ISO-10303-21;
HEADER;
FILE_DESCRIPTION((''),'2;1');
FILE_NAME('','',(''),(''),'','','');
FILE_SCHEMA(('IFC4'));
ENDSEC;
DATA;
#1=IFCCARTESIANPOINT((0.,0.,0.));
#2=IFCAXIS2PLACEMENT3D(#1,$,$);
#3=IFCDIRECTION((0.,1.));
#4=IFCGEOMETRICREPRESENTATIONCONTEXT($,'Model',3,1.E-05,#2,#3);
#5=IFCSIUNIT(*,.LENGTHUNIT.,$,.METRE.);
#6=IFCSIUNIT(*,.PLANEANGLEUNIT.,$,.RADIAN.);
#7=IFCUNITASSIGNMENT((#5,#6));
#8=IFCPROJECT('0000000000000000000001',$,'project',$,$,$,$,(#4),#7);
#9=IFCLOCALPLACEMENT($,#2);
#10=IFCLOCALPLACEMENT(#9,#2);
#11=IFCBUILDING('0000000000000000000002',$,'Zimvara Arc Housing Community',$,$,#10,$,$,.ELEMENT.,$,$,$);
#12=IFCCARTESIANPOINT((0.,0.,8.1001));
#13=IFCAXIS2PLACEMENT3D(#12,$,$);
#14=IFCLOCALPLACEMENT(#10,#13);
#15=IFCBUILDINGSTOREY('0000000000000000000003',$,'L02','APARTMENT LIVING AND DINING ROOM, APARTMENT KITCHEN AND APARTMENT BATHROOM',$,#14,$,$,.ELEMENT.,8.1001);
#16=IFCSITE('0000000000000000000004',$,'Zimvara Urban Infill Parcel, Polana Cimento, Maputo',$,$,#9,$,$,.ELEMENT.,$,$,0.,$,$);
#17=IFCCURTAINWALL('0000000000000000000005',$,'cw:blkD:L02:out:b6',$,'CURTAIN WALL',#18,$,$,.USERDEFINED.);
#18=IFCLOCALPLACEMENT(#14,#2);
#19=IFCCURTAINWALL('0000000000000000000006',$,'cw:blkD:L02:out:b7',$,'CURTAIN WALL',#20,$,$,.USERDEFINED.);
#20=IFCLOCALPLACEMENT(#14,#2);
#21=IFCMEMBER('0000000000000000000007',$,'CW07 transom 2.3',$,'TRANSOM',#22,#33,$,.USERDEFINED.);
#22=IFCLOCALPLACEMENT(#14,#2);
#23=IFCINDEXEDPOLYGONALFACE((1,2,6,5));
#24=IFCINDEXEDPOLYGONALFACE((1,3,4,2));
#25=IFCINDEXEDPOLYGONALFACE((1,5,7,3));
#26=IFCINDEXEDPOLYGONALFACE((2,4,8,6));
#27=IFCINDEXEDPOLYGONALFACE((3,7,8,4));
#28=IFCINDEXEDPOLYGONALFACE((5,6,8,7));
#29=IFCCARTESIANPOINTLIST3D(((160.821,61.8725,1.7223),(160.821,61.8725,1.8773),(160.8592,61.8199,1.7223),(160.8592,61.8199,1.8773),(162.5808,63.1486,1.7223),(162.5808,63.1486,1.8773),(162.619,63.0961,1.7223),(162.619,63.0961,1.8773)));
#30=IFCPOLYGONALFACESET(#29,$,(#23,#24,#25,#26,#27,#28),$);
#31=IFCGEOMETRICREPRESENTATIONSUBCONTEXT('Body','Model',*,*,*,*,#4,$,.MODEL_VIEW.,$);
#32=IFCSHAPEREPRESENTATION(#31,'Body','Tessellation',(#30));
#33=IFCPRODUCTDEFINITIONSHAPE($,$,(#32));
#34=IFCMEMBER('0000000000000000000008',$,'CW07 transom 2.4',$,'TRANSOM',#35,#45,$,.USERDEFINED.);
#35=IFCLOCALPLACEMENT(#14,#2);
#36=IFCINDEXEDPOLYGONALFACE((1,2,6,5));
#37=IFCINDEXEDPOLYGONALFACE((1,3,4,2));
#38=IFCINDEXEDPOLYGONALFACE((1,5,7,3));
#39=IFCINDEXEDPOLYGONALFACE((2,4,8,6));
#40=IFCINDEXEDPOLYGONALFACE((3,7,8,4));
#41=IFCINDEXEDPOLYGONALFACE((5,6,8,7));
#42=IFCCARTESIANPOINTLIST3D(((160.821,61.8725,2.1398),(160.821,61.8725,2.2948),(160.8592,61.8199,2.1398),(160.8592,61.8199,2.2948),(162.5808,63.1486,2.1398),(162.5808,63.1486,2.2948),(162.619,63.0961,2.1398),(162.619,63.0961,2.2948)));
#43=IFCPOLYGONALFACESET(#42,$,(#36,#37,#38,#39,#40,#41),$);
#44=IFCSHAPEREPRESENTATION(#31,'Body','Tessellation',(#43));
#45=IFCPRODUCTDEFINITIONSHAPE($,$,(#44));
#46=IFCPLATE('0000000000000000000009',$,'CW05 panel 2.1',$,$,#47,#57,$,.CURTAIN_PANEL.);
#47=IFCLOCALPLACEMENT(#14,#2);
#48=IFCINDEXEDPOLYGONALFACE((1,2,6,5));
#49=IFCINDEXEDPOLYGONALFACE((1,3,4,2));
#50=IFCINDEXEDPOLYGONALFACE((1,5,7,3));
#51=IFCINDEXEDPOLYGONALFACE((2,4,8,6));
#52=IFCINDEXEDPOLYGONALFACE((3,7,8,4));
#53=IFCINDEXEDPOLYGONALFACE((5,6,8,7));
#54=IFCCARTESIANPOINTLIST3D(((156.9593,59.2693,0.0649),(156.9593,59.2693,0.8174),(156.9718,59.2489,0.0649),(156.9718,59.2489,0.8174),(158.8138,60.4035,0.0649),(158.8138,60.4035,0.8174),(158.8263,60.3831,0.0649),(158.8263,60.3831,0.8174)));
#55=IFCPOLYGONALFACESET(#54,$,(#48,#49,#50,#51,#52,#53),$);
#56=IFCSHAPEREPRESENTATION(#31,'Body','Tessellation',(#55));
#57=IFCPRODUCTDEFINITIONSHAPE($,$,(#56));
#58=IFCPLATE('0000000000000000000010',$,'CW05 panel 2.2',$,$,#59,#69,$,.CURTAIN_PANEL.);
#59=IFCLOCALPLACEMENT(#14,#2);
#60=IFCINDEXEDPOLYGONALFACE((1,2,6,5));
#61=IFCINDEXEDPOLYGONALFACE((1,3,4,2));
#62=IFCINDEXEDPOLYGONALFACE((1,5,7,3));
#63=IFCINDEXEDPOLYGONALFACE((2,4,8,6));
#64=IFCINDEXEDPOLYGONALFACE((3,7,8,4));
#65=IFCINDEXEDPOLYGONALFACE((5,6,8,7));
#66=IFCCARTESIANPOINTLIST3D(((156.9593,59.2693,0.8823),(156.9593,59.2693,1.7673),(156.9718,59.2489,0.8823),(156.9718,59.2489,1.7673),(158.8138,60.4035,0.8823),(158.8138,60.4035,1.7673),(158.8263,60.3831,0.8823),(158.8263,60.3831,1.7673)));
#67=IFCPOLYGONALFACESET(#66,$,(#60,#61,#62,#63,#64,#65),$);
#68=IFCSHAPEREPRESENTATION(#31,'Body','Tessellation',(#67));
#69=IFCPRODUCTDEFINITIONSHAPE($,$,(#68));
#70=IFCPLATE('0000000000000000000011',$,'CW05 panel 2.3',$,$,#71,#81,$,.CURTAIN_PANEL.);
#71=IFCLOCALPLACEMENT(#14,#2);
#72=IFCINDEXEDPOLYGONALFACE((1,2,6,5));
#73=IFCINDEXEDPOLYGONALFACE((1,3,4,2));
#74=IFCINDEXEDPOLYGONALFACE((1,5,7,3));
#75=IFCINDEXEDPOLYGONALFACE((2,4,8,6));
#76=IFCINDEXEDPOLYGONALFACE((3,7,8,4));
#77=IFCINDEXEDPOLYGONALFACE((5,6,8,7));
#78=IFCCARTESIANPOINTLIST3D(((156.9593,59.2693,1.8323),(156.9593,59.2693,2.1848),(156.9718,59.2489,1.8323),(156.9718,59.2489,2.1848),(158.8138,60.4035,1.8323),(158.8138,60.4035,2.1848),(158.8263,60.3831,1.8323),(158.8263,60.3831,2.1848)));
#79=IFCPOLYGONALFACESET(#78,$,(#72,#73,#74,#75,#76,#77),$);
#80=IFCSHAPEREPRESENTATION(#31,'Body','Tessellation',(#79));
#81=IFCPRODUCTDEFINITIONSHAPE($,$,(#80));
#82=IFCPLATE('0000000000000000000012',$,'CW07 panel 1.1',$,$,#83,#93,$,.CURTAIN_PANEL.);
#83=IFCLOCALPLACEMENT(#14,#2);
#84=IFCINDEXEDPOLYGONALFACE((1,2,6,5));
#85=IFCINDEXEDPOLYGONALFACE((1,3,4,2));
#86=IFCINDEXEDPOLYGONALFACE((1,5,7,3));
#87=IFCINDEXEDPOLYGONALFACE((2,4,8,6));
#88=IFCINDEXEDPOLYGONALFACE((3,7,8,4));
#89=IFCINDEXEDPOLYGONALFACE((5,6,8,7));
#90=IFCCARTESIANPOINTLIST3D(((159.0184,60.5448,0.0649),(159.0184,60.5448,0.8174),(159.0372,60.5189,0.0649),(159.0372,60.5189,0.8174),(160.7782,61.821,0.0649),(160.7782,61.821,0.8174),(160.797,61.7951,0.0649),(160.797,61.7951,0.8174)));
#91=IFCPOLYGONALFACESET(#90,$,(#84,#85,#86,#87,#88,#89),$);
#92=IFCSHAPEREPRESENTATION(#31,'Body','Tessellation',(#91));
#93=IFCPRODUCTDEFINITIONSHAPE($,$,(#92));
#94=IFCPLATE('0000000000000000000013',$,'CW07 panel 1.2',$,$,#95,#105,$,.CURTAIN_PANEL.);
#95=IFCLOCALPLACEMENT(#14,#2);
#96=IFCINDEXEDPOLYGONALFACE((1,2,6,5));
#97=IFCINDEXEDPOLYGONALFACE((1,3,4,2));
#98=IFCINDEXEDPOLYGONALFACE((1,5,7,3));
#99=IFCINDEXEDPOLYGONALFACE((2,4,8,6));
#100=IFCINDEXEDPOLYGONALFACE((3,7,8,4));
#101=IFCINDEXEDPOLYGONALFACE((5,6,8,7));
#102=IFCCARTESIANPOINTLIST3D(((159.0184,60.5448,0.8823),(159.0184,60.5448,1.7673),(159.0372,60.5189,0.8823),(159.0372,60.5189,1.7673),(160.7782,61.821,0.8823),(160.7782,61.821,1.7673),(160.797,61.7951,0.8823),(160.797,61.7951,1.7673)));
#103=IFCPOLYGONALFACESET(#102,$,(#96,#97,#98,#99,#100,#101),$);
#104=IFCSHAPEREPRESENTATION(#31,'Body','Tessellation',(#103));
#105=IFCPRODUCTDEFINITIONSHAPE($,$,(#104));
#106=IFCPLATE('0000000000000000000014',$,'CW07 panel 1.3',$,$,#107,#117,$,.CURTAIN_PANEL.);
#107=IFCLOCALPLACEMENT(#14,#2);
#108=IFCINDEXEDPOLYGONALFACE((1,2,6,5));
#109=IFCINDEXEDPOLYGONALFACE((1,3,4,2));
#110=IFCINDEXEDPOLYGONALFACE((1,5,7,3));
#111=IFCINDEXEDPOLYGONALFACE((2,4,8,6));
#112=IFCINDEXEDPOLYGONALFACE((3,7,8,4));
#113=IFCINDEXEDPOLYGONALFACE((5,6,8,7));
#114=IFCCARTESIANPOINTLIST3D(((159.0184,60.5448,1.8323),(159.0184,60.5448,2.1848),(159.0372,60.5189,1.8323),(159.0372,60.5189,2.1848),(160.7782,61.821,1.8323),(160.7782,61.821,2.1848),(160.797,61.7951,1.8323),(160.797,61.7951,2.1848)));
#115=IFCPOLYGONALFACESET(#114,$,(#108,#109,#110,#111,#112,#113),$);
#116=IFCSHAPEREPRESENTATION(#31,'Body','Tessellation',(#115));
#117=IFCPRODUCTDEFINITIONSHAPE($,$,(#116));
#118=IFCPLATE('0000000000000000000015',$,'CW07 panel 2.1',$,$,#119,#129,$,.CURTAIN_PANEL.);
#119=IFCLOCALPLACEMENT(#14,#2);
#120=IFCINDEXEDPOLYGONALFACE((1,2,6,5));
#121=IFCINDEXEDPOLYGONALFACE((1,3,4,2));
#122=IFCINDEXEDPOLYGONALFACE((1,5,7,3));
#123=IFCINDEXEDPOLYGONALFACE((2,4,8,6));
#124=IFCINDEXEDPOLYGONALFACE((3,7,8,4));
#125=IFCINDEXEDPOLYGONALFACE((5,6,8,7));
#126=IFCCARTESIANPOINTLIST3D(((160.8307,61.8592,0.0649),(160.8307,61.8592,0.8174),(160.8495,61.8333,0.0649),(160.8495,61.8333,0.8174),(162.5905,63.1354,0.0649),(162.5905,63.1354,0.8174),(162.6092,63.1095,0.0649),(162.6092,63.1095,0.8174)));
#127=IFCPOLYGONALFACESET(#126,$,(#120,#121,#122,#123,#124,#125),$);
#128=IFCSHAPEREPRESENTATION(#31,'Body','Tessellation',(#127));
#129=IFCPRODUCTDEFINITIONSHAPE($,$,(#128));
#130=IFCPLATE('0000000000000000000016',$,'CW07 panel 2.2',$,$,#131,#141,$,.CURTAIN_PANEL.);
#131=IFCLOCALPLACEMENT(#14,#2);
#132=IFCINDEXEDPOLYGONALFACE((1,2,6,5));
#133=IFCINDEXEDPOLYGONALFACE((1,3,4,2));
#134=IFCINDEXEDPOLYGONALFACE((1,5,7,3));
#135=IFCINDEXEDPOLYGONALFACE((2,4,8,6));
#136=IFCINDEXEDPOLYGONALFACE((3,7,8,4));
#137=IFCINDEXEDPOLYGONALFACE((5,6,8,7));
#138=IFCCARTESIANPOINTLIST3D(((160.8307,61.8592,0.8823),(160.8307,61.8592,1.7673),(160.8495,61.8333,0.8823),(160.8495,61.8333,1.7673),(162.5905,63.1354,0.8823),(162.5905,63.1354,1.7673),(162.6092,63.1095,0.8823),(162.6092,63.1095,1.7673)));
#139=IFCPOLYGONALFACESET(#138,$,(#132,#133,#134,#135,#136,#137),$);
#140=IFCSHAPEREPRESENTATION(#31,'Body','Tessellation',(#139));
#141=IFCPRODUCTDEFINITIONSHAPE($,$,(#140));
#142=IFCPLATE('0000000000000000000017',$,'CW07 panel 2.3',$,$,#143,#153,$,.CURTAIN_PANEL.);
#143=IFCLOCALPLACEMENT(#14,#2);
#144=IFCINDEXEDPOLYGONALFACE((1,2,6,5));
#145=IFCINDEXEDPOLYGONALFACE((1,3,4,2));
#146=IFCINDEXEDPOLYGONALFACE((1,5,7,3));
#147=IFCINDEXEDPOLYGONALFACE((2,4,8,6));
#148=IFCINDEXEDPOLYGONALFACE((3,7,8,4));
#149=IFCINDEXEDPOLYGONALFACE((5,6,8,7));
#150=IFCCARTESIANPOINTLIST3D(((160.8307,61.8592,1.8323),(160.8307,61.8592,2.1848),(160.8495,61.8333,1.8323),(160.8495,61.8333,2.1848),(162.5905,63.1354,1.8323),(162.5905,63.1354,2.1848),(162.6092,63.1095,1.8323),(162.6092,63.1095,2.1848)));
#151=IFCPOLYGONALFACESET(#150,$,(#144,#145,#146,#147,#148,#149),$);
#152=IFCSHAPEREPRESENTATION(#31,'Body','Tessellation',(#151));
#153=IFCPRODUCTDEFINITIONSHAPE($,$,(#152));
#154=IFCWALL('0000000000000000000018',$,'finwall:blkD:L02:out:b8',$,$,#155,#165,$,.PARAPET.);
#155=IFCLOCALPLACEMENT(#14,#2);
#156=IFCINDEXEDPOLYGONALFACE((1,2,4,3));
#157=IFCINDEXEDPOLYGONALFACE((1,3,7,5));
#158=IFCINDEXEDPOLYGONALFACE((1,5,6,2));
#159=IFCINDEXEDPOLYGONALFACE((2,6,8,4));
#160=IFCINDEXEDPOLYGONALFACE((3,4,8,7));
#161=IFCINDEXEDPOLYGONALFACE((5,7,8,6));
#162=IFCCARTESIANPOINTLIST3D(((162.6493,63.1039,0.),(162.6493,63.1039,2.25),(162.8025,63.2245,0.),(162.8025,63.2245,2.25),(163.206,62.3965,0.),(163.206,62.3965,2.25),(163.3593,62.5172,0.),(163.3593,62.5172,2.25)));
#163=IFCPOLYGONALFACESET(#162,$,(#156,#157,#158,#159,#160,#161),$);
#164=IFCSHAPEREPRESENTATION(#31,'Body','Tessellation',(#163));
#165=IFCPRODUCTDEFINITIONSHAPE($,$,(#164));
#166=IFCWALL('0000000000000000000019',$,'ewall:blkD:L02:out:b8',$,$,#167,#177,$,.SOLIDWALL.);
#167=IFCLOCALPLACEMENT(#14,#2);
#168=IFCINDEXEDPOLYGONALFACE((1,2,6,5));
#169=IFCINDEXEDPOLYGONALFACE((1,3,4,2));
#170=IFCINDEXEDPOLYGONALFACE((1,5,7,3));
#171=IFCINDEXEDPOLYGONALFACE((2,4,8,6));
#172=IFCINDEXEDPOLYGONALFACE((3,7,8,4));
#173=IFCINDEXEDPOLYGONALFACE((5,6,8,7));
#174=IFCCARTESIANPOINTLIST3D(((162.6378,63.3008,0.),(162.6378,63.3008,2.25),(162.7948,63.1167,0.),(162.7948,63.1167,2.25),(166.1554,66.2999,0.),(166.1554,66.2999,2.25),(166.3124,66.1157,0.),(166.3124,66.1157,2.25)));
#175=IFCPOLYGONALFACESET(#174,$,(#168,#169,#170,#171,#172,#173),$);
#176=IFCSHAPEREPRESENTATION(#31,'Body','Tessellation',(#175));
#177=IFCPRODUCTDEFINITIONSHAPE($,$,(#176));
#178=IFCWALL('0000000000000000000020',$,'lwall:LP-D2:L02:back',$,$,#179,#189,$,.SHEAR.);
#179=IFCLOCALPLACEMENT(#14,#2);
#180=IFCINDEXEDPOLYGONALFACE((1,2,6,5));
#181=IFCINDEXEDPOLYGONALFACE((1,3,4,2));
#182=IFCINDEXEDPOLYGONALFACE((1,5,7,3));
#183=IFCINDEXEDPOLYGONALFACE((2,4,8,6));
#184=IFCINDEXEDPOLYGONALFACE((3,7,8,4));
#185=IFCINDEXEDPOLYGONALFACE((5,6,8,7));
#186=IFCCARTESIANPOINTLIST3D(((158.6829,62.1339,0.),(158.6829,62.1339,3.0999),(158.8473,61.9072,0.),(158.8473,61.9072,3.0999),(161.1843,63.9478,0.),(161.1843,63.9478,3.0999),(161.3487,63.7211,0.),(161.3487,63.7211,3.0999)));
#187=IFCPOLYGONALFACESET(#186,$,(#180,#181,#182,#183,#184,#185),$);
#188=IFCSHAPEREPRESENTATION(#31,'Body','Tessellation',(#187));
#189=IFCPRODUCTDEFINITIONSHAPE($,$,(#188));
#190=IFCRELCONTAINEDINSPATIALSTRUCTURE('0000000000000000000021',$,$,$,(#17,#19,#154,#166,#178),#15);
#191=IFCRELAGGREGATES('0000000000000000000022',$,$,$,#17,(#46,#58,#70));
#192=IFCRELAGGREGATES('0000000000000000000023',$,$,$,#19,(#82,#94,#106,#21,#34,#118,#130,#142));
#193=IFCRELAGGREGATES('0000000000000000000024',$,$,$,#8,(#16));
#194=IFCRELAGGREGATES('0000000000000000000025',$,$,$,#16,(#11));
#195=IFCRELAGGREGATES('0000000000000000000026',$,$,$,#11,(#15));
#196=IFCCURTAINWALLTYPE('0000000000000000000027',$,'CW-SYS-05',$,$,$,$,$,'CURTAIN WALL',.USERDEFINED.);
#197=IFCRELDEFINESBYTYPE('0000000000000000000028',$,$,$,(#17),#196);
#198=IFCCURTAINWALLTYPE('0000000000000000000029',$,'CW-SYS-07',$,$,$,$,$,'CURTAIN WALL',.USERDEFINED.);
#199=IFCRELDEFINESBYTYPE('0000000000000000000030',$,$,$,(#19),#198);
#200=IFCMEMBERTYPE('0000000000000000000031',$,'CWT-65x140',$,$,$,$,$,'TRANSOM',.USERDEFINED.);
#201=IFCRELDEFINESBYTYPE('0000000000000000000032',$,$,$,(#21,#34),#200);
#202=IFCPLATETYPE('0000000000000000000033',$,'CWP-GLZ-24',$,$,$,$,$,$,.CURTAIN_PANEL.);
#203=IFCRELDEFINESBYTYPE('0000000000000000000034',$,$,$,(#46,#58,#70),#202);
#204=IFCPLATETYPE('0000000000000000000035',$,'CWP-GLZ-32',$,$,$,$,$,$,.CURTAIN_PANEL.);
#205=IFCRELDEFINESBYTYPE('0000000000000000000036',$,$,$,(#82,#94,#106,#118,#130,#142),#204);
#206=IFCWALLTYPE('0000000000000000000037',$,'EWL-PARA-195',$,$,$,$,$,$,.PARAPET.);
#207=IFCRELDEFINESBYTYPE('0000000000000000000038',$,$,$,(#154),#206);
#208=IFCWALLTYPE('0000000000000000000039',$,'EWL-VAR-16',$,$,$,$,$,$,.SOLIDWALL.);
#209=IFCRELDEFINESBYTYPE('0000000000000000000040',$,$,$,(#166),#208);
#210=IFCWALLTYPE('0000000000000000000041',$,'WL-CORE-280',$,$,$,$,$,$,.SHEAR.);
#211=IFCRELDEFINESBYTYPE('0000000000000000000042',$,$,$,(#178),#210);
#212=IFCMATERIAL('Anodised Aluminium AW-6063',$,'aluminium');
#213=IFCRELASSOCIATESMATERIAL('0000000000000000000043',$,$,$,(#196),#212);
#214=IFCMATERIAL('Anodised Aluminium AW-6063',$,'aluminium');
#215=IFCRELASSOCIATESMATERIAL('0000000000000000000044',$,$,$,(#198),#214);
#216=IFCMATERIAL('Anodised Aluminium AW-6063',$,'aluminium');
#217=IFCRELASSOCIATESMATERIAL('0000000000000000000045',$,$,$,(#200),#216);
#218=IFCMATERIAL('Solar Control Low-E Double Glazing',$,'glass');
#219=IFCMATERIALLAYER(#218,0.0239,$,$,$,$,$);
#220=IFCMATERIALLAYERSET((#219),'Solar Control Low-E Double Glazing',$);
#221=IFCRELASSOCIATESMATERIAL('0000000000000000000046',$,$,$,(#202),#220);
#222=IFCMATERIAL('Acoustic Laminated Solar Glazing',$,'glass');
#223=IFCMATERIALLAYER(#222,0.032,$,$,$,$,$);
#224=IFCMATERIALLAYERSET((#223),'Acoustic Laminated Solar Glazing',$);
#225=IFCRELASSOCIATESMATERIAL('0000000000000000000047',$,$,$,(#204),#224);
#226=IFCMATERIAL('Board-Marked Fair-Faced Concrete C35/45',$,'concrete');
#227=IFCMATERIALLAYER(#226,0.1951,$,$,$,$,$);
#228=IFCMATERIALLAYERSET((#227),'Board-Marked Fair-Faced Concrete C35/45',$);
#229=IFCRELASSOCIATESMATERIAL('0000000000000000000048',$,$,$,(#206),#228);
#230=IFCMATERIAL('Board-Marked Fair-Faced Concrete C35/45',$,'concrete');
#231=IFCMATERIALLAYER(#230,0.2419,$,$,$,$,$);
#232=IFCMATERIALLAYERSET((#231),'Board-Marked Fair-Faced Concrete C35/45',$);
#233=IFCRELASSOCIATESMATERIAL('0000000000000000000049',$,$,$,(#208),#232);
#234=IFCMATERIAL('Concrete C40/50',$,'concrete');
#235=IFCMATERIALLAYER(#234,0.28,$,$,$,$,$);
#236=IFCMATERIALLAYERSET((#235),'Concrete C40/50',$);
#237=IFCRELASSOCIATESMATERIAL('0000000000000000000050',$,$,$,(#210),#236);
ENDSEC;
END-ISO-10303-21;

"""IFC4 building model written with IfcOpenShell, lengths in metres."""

from ifc_helpers import new_model, si_unit, direction, frame, frame_2d, origin, origin_2d, place, context, subcontext, project, spatial, rectangle, extrude, material, layer, layer_set, material_profile, profile_set, type_object, element, aggregate, save


model = new_model("IFC4")

# Units and contexts
model_context = context("Model", 3, precision=1e-05, world=origin(), true_north=direction((0.0, 1.0)))
body_context = subcontext(model_context, "Body", "Model", "MODEL_VIEW")
ifc_project = project(units=[si_unit("LENGTHUNIT", "METRE"), si_unit("PLANEANGLEUNIT", "RADIAN")], contexts=[model_context])

# Site, building, storey
site_placement = place(None, origin())
site = spatial("IfcSite", under=ifc_project, at=site_placement, Name="Zimvara Urban Infill Parcel, Polana Cimento, Maputo", CompositionType="ELEMENT", RefElevation=0.0)
building_placement = place(site_placement, origin())
building = spatial("IfcBuilding", under=site, at=building_placement, Name="Zimvara Arc Housing Community", CompositionType="ELEMENT")
storey_placement = place(building_placement, frame((0.0, 0.0, 8.1001)))
storey = spatial("IfcBuildingStorey", under=building, at=storey_placement, Name="L02", Description="APARTMENT LIVING AND DINING ROOM, APARTMENT KITCHEN AND APARTMENT BATHROOM", CompositionType="ELEMENT", Elevation=8.1001)

# Curtain wall
ifc_material_1 = material(Name="Anodised Aluminium AW-6063", Category="aluminium")
curtain_wall_type_1 = type_object("IfcCurtainWallType", Name="CW-SYS-05", ElementType="CURTAIN WALL", PredefinedType="USERDEFINED", material=ifc_material_1)
curtain_wall_1_placement = place(storey_placement, origin())
curtain_wall_1 = element("IfcCurtainWall", 1, at=curtain_wall_1_placement, inside=storey, type_object=curtain_wall_type_1, Name="cw:blkD:L02:out:b6", ObjectType="CURTAIN WALL", PredefinedType="USERDEFINED")

# Curtain wall, members
ifc_material_2 = material(Name="Anodised Aluminium AW-6063", Category="aluminium")
curtain_wall_type_2 = type_object("IfcCurtainWallType", Name="CW-SYS-07", ElementType="CURTAIN WALL", PredefinedType="USERDEFINED", material=ifc_material_2)
curtain_wall_2_placement = place(storey_placement, origin())
curtain_wall_2 = element("IfcCurtainWall", 2, at=curtain_wall_2_placement, inside=storey, type_object=curtain_wall_type_2, Name="cw:blkD:L02:out:b7", ObjectType="CURTAIN WALL", PredefinedType="USERDEFINED")
ifc_material_3 = material(Name="Anodised Aluminium AW-6063", Category="aluminium")
ifc_material_profile_1 = material_profile(ifc_material_3, rectangle(XDim=0.0649, YDim=0.155, at=origin_2d()), Name="ALU 65x155")
ifc_profile_set_1 = profile_set([ifc_material_profile_1], Name="Anodised Aluminium AW-6063")
member_type_1 = type_object("IfcMemberType", Name="CWT-65x140", ElementType="TRANSOM", PredefinedType="USERDEFINED", material=ifc_profile_set_1)
member_1_placement = place(storey_placement, frame((160.8401, 61.8462, 1.7998), z_axis=(0.809546, 0.587056, 0.0), x_axis=(-0.587056, 0.809546, 0.0)))
member_1 = element("IfcMember", 3, at=member_1_placement, type_object=member_type_1, Name="CW07 transom 2.3", ObjectType="TRANSOM", PredefinedType="USERDEFINED", context=body_context, shape_type="SweptSolid", body=[
    extrude(rectangle(XDim=0.0649, YDim=0.155, at=origin_2d()), origin(), (0.0, 0.0, 1.0), 2.1738),
])
member_2_placement = place(storey_placement, frame((160.8401, 61.8462, 2.2173), z_axis=(0.809546, 0.587056, 0.0), x_axis=(-0.587056, 0.809546, 0.0)))
member_2 = element("IfcMember", 4, at=member_2_placement, type_object=member_type_1, Name="CW07 transom 2.4", ObjectType="TRANSOM", PredefinedType="USERDEFINED", context=body_context, shape_type="SweptSolid", body=[
    extrude(rectangle(XDim=0.0649, YDim=0.155, at=origin_2d()), origin(), (0.0, 0.0, 1.0), 2.1738),
])

# Plates
ifc_material_4 = material(Name="Solar Control Low-E Double Glazing", Category="glass")
ifc_layer_1 = layer(ifc_material_4, 0.0239)
ifc_layer_set_1 = layer_set([ifc_layer_1], Name="Solar Control Low-E Double Glazing")
plate_type_1 = type_object("IfcPlateType", Name="CWP-GLZ-24", PredefinedType="CURTAIN_PANEL", material=ifc_layer_set_1)
plate_1_placement = place(storey_placement, frame((157.8928, 59.8262, 0.0649), z_axis=(0.0, 0.0, 1.0), x_axis=(0.853096, 0.521754, 0.0)))
plate_1 = element("IfcPlate", 5, at=plate_1_placement, type_object=plate_type_1, Name="CW05 panel 2.1", PredefinedType="CURTAIN_PANEL", context=body_context, shape_type="SweptSolid", body=[
    extrude(rectangle(XDim=2.1738, YDim=0.0239, at=origin_2d()), origin(), (0.0, 0.0, 1.0), 0.7524),
])
plate_2_placement = place(storey_placement, frame((157.8928, 59.8262, 0.8823), z_axis=(0.0, 0.0, 1.0), x_axis=(0.853096, 0.521754, 0.0)))
plate_2 = element("IfcPlate", 6, at=plate_2_placement, type_object=plate_type_1, Name="CW05 panel 2.2", PredefinedType="CURTAIN_PANEL", context=body_context, shape_type="SweptSolid", body=[
    extrude(rectangle(XDim=2.1738, YDim=0.0239, at=origin_2d()), origin(), (0.0, 0.0, 1.0), 0.885),
])
plate_3_placement = place(storey_placement, frame((157.8928, 59.8262, 1.8323), z_axis=(0.0, 0.0, 1.0), x_axis=(0.853096, 0.521754, 0.0)))
plate_3 = element("IfcPlate", 7, at=plate_3_placement, type_object=plate_type_1, Name="CW05 panel 2.3", PredefinedType="CURTAIN_PANEL", context=body_context, shape_type="SweptSolid", body=[
    extrude(rectangle(XDim=2.1738, YDim=0.0239, at=origin_2d()), origin(), (0.0, 0.0, 1.0), 0.3525),
])
aggregate(curtain_wall_1, [plate_1, plate_2, plate_3])
ifc_material_5 = material(Name="Acoustic Laminated Solar Glazing", Category="glass")
ifc_layer_2 = layer(ifc_material_5, 0.032)
ifc_layer_set_2 = layer_set([ifc_layer_2], Name="Acoustic Laminated Solar Glazing")
plate_type_2 = type_object("IfcPlateType", Name="CWP-GLZ-32", PredefinedType="CURTAIN_PANEL", material=ifc_layer_set_2)
plate_4_placement = place(storey_placement, frame((159.9077, 61.1699, 0.0649), z_axis=(0.0, 0.0, 1.0), x_axis=(0.80953, 0.587078, 0.0)))
plate_4 = element("IfcPlate", 8, at=plate_4_placement, type_object=plate_type_2, Name="CW07 panel 1.1", PredefinedType="CURTAIN_PANEL", context=body_context, shape_type="SweptSolid", body=[
    extrude(rectangle(XDim=2.1738, YDim=0.032, at=origin_2d()), origin(), (0.0, 0.0, 1.0), 0.7524),
])
plate_5_placement = place(storey_placement, frame((159.9077, 61.1699, 0.8823), z_axis=(0.0, 0.0, 1.0), x_axis=(0.80953, 0.587078, 0.0)))
plate_5 = element("IfcPlate", 9, at=plate_5_placement, type_object=plate_type_2, Name="CW07 panel 1.2", PredefinedType="CURTAIN_PANEL", context=body_context, shape_type="SweptSolid", body=[
    extrude(rectangle(XDim=2.1738, YDim=0.032, at=origin_2d()), origin(), (0.0, 0.0, 1.0), 0.885),
])
plate_6_placement = place(storey_placement, frame((159.9077, 61.1699, 1.8323), z_axis=(0.0, 0.0, 1.0), x_axis=(0.80953, 0.587078, 0.0)))
plate_6 = element("IfcPlate", 10, at=plate_6_placement, type_object=plate_type_2, Name="CW07 panel 1.3", PredefinedType="CURTAIN_PANEL", context=body_context, shape_type="SweptSolid", body=[
    extrude(rectangle(XDim=2.1738, YDim=0.032, at=origin_2d()), origin(), (0.0, 0.0, 1.0), 0.3525),
])
plate_7_placement = place(storey_placement, frame((161.72, 62.4844, 0.0649), z_axis=(0.0, 0.0, 1.0), x_axis=(0.80953, 0.587078, 0.0)))
plate_7 = element("IfcPlate", 11, at=plate_7_placement, type_object=plate_type_2, Name="CW07 panel 2.1", PredefinedType="CURTAIN_PANEL", context=body_context, shape_type="SweptSolid", body=[
    extrude(rectangle(XDim=2.1738, YDim=0.032, at=origin_2d()), origin(), (0.0, 0.0, 1.0), 0.7524),
])
plate_8_placement = place(storey_placement, frame((161.72, 62.4844, 0.8823), z_axis=(0.0, 0.0, 1.0), x_axis=(0.80953, 0.587078, 0.0)))
plate_8 = element("IfcPlate", 12, at=plate_8_placement, type_object=plate_type_2, Name="CW07 panel 2.2", PredefinedType="CURTAIN_PANEL", context=body_context, shape_type="SweptSolid", body=[
    extrude(rectangle(XDim=2.1738, YDim=0.032, at=origin_2d()), origin(), (0.0, 0.0, 1.0), 0.885),
])
plate_9_placement = place(storey_placement, frame((161.72, 62.4844, 1.8323), z_axis=(0.0, 0.0, 1.0), x_axis=(0.80953, 0.587078, 0.0)))
plate_9 = element("IfcPlate", 13, at=plate_9_placement, type_object=plate_type_2, Name="CW07 panel 2.3", PredefinedType="CURTAIN_PANEL", context=body_context, shape_type="SweptSolid", body=[
    extrude(rectangle(XDim=2.1738, YDim=0.032, at=origin_2d()), origin(), (0.0, 0.0, 1.0), 0.3525),
])
aggregate(curtain_wall_2, [plate_4, plate_5, plate_6, member_1, member_2, plate_7, plate_8, plate_9])

# Walls
ifc_material_6 = material(Name="Board-Marked Fair-Faced Concrete C35/45", Category="concrete")
ifc_layer_3 = layer(ifc_material_6, 0.1951)
ifc_layer_set_3 = layer_set([ifc_layer_3], Name="Board-Marked Fair-Faced Concrete C35/45")
wall_type_1 = type_object("IfcWallType", Name="EWL-PARA-195", PredefinedType="PARAPET", material=ifc_layer_set_3)
wall_1_placement = place(storey_placement, frame((162.7258, 63.1643, 0.0), z_axis=(0.0, 0.0, 1.0), x_axis=(0.618456, -0.785819, 0.0)))
element("IfcWall", 14, at=wall_1_placement, inside=storey, type_object=wall_type_1, Name="finwall:blkD:L02:out:b8", PredefinedType="PARAPET", context=body_context, shape_type="SweptSolid", body=[
    extrude(rectangle(XDim=0.9001, YDim=0.1951, at=frame_2d((0.4502, 0.0))), origin(), (0.0, 0.0, 1.0), 2.25),
])
ifc_material_7 = material(Name="Board-Marked Fair-Faced Concrete C35/45", Category="concrete")
ifc_layer_4 = layer(ifc_material_7, 0.2419)
ifc_layer_set_4 = layer_set([ifc_layer_4], Name="Board-Marked Fair-Faced Concrete C35/45")
wall_type_2 = type_object("IfcWallType", Name="EWL-VAR-16", PredefinedType="SOLIDWALL", material=ifc_layer_set_4)
wall_2_placement = place(storey_placement, frame((162.7163, 63.2087, 0.0), z_axis=(0.0, 0.0, 1.0), x_axis=(0.760969, 0.648788, 0.0)))
element("IfcWall", 15, at=wall_2_placement, inside=storey, type_object=wall_type_2, Name="ewall:blkD:L02:out:b8", PredefinedType="SOLIDWALL", context=body_context, shape_type="SweptSolid", body=[
    extrude(rectangle(XDim=4.6226, YDim=0.2419, at=frame_2d((2.3113, 0.0))), origin(), (0.0, 0.0, 1.0), 2.25),
])

# Shared definitions
ifc_material_8 = material(Name="Concrete C40/50", Category="concrete")
ifc_layer_5 = layer(ifc_material_8, 0.28)
ifc_layer_set_5 = layer_set([ifc_layer_5], Name="Concrete C40/50")
wall_type_3 = type_object("IfcWallType", Name="WL-CORE-280", PredefinedType="SHEAR", material=ifc_layer_set_5)

# Wall
wall_3_placement = place(storey_placement, frame((158.7651, 62.0205, 0.0), z_axis=(0.0, 0.0, 1.0), x_axis=(0.809548, 0.587053, 0.0)))
element("IfcWall", 16, at=wall_3_placement, inside=storey, type_object=wall_type_3, Name="lwall:LP-D2:L02:back", PredefinedType="SHEAR", context=body_context, shape_type="SweptSolid", body=[
    extrude(rectangle(XDim=3.0898, YDim=0.28, at=frame_2d((1.5449, 0.0))), origin(), (0.0, 0.0, 1.0), 3.0999),
])

save(model, "model.ifc")
